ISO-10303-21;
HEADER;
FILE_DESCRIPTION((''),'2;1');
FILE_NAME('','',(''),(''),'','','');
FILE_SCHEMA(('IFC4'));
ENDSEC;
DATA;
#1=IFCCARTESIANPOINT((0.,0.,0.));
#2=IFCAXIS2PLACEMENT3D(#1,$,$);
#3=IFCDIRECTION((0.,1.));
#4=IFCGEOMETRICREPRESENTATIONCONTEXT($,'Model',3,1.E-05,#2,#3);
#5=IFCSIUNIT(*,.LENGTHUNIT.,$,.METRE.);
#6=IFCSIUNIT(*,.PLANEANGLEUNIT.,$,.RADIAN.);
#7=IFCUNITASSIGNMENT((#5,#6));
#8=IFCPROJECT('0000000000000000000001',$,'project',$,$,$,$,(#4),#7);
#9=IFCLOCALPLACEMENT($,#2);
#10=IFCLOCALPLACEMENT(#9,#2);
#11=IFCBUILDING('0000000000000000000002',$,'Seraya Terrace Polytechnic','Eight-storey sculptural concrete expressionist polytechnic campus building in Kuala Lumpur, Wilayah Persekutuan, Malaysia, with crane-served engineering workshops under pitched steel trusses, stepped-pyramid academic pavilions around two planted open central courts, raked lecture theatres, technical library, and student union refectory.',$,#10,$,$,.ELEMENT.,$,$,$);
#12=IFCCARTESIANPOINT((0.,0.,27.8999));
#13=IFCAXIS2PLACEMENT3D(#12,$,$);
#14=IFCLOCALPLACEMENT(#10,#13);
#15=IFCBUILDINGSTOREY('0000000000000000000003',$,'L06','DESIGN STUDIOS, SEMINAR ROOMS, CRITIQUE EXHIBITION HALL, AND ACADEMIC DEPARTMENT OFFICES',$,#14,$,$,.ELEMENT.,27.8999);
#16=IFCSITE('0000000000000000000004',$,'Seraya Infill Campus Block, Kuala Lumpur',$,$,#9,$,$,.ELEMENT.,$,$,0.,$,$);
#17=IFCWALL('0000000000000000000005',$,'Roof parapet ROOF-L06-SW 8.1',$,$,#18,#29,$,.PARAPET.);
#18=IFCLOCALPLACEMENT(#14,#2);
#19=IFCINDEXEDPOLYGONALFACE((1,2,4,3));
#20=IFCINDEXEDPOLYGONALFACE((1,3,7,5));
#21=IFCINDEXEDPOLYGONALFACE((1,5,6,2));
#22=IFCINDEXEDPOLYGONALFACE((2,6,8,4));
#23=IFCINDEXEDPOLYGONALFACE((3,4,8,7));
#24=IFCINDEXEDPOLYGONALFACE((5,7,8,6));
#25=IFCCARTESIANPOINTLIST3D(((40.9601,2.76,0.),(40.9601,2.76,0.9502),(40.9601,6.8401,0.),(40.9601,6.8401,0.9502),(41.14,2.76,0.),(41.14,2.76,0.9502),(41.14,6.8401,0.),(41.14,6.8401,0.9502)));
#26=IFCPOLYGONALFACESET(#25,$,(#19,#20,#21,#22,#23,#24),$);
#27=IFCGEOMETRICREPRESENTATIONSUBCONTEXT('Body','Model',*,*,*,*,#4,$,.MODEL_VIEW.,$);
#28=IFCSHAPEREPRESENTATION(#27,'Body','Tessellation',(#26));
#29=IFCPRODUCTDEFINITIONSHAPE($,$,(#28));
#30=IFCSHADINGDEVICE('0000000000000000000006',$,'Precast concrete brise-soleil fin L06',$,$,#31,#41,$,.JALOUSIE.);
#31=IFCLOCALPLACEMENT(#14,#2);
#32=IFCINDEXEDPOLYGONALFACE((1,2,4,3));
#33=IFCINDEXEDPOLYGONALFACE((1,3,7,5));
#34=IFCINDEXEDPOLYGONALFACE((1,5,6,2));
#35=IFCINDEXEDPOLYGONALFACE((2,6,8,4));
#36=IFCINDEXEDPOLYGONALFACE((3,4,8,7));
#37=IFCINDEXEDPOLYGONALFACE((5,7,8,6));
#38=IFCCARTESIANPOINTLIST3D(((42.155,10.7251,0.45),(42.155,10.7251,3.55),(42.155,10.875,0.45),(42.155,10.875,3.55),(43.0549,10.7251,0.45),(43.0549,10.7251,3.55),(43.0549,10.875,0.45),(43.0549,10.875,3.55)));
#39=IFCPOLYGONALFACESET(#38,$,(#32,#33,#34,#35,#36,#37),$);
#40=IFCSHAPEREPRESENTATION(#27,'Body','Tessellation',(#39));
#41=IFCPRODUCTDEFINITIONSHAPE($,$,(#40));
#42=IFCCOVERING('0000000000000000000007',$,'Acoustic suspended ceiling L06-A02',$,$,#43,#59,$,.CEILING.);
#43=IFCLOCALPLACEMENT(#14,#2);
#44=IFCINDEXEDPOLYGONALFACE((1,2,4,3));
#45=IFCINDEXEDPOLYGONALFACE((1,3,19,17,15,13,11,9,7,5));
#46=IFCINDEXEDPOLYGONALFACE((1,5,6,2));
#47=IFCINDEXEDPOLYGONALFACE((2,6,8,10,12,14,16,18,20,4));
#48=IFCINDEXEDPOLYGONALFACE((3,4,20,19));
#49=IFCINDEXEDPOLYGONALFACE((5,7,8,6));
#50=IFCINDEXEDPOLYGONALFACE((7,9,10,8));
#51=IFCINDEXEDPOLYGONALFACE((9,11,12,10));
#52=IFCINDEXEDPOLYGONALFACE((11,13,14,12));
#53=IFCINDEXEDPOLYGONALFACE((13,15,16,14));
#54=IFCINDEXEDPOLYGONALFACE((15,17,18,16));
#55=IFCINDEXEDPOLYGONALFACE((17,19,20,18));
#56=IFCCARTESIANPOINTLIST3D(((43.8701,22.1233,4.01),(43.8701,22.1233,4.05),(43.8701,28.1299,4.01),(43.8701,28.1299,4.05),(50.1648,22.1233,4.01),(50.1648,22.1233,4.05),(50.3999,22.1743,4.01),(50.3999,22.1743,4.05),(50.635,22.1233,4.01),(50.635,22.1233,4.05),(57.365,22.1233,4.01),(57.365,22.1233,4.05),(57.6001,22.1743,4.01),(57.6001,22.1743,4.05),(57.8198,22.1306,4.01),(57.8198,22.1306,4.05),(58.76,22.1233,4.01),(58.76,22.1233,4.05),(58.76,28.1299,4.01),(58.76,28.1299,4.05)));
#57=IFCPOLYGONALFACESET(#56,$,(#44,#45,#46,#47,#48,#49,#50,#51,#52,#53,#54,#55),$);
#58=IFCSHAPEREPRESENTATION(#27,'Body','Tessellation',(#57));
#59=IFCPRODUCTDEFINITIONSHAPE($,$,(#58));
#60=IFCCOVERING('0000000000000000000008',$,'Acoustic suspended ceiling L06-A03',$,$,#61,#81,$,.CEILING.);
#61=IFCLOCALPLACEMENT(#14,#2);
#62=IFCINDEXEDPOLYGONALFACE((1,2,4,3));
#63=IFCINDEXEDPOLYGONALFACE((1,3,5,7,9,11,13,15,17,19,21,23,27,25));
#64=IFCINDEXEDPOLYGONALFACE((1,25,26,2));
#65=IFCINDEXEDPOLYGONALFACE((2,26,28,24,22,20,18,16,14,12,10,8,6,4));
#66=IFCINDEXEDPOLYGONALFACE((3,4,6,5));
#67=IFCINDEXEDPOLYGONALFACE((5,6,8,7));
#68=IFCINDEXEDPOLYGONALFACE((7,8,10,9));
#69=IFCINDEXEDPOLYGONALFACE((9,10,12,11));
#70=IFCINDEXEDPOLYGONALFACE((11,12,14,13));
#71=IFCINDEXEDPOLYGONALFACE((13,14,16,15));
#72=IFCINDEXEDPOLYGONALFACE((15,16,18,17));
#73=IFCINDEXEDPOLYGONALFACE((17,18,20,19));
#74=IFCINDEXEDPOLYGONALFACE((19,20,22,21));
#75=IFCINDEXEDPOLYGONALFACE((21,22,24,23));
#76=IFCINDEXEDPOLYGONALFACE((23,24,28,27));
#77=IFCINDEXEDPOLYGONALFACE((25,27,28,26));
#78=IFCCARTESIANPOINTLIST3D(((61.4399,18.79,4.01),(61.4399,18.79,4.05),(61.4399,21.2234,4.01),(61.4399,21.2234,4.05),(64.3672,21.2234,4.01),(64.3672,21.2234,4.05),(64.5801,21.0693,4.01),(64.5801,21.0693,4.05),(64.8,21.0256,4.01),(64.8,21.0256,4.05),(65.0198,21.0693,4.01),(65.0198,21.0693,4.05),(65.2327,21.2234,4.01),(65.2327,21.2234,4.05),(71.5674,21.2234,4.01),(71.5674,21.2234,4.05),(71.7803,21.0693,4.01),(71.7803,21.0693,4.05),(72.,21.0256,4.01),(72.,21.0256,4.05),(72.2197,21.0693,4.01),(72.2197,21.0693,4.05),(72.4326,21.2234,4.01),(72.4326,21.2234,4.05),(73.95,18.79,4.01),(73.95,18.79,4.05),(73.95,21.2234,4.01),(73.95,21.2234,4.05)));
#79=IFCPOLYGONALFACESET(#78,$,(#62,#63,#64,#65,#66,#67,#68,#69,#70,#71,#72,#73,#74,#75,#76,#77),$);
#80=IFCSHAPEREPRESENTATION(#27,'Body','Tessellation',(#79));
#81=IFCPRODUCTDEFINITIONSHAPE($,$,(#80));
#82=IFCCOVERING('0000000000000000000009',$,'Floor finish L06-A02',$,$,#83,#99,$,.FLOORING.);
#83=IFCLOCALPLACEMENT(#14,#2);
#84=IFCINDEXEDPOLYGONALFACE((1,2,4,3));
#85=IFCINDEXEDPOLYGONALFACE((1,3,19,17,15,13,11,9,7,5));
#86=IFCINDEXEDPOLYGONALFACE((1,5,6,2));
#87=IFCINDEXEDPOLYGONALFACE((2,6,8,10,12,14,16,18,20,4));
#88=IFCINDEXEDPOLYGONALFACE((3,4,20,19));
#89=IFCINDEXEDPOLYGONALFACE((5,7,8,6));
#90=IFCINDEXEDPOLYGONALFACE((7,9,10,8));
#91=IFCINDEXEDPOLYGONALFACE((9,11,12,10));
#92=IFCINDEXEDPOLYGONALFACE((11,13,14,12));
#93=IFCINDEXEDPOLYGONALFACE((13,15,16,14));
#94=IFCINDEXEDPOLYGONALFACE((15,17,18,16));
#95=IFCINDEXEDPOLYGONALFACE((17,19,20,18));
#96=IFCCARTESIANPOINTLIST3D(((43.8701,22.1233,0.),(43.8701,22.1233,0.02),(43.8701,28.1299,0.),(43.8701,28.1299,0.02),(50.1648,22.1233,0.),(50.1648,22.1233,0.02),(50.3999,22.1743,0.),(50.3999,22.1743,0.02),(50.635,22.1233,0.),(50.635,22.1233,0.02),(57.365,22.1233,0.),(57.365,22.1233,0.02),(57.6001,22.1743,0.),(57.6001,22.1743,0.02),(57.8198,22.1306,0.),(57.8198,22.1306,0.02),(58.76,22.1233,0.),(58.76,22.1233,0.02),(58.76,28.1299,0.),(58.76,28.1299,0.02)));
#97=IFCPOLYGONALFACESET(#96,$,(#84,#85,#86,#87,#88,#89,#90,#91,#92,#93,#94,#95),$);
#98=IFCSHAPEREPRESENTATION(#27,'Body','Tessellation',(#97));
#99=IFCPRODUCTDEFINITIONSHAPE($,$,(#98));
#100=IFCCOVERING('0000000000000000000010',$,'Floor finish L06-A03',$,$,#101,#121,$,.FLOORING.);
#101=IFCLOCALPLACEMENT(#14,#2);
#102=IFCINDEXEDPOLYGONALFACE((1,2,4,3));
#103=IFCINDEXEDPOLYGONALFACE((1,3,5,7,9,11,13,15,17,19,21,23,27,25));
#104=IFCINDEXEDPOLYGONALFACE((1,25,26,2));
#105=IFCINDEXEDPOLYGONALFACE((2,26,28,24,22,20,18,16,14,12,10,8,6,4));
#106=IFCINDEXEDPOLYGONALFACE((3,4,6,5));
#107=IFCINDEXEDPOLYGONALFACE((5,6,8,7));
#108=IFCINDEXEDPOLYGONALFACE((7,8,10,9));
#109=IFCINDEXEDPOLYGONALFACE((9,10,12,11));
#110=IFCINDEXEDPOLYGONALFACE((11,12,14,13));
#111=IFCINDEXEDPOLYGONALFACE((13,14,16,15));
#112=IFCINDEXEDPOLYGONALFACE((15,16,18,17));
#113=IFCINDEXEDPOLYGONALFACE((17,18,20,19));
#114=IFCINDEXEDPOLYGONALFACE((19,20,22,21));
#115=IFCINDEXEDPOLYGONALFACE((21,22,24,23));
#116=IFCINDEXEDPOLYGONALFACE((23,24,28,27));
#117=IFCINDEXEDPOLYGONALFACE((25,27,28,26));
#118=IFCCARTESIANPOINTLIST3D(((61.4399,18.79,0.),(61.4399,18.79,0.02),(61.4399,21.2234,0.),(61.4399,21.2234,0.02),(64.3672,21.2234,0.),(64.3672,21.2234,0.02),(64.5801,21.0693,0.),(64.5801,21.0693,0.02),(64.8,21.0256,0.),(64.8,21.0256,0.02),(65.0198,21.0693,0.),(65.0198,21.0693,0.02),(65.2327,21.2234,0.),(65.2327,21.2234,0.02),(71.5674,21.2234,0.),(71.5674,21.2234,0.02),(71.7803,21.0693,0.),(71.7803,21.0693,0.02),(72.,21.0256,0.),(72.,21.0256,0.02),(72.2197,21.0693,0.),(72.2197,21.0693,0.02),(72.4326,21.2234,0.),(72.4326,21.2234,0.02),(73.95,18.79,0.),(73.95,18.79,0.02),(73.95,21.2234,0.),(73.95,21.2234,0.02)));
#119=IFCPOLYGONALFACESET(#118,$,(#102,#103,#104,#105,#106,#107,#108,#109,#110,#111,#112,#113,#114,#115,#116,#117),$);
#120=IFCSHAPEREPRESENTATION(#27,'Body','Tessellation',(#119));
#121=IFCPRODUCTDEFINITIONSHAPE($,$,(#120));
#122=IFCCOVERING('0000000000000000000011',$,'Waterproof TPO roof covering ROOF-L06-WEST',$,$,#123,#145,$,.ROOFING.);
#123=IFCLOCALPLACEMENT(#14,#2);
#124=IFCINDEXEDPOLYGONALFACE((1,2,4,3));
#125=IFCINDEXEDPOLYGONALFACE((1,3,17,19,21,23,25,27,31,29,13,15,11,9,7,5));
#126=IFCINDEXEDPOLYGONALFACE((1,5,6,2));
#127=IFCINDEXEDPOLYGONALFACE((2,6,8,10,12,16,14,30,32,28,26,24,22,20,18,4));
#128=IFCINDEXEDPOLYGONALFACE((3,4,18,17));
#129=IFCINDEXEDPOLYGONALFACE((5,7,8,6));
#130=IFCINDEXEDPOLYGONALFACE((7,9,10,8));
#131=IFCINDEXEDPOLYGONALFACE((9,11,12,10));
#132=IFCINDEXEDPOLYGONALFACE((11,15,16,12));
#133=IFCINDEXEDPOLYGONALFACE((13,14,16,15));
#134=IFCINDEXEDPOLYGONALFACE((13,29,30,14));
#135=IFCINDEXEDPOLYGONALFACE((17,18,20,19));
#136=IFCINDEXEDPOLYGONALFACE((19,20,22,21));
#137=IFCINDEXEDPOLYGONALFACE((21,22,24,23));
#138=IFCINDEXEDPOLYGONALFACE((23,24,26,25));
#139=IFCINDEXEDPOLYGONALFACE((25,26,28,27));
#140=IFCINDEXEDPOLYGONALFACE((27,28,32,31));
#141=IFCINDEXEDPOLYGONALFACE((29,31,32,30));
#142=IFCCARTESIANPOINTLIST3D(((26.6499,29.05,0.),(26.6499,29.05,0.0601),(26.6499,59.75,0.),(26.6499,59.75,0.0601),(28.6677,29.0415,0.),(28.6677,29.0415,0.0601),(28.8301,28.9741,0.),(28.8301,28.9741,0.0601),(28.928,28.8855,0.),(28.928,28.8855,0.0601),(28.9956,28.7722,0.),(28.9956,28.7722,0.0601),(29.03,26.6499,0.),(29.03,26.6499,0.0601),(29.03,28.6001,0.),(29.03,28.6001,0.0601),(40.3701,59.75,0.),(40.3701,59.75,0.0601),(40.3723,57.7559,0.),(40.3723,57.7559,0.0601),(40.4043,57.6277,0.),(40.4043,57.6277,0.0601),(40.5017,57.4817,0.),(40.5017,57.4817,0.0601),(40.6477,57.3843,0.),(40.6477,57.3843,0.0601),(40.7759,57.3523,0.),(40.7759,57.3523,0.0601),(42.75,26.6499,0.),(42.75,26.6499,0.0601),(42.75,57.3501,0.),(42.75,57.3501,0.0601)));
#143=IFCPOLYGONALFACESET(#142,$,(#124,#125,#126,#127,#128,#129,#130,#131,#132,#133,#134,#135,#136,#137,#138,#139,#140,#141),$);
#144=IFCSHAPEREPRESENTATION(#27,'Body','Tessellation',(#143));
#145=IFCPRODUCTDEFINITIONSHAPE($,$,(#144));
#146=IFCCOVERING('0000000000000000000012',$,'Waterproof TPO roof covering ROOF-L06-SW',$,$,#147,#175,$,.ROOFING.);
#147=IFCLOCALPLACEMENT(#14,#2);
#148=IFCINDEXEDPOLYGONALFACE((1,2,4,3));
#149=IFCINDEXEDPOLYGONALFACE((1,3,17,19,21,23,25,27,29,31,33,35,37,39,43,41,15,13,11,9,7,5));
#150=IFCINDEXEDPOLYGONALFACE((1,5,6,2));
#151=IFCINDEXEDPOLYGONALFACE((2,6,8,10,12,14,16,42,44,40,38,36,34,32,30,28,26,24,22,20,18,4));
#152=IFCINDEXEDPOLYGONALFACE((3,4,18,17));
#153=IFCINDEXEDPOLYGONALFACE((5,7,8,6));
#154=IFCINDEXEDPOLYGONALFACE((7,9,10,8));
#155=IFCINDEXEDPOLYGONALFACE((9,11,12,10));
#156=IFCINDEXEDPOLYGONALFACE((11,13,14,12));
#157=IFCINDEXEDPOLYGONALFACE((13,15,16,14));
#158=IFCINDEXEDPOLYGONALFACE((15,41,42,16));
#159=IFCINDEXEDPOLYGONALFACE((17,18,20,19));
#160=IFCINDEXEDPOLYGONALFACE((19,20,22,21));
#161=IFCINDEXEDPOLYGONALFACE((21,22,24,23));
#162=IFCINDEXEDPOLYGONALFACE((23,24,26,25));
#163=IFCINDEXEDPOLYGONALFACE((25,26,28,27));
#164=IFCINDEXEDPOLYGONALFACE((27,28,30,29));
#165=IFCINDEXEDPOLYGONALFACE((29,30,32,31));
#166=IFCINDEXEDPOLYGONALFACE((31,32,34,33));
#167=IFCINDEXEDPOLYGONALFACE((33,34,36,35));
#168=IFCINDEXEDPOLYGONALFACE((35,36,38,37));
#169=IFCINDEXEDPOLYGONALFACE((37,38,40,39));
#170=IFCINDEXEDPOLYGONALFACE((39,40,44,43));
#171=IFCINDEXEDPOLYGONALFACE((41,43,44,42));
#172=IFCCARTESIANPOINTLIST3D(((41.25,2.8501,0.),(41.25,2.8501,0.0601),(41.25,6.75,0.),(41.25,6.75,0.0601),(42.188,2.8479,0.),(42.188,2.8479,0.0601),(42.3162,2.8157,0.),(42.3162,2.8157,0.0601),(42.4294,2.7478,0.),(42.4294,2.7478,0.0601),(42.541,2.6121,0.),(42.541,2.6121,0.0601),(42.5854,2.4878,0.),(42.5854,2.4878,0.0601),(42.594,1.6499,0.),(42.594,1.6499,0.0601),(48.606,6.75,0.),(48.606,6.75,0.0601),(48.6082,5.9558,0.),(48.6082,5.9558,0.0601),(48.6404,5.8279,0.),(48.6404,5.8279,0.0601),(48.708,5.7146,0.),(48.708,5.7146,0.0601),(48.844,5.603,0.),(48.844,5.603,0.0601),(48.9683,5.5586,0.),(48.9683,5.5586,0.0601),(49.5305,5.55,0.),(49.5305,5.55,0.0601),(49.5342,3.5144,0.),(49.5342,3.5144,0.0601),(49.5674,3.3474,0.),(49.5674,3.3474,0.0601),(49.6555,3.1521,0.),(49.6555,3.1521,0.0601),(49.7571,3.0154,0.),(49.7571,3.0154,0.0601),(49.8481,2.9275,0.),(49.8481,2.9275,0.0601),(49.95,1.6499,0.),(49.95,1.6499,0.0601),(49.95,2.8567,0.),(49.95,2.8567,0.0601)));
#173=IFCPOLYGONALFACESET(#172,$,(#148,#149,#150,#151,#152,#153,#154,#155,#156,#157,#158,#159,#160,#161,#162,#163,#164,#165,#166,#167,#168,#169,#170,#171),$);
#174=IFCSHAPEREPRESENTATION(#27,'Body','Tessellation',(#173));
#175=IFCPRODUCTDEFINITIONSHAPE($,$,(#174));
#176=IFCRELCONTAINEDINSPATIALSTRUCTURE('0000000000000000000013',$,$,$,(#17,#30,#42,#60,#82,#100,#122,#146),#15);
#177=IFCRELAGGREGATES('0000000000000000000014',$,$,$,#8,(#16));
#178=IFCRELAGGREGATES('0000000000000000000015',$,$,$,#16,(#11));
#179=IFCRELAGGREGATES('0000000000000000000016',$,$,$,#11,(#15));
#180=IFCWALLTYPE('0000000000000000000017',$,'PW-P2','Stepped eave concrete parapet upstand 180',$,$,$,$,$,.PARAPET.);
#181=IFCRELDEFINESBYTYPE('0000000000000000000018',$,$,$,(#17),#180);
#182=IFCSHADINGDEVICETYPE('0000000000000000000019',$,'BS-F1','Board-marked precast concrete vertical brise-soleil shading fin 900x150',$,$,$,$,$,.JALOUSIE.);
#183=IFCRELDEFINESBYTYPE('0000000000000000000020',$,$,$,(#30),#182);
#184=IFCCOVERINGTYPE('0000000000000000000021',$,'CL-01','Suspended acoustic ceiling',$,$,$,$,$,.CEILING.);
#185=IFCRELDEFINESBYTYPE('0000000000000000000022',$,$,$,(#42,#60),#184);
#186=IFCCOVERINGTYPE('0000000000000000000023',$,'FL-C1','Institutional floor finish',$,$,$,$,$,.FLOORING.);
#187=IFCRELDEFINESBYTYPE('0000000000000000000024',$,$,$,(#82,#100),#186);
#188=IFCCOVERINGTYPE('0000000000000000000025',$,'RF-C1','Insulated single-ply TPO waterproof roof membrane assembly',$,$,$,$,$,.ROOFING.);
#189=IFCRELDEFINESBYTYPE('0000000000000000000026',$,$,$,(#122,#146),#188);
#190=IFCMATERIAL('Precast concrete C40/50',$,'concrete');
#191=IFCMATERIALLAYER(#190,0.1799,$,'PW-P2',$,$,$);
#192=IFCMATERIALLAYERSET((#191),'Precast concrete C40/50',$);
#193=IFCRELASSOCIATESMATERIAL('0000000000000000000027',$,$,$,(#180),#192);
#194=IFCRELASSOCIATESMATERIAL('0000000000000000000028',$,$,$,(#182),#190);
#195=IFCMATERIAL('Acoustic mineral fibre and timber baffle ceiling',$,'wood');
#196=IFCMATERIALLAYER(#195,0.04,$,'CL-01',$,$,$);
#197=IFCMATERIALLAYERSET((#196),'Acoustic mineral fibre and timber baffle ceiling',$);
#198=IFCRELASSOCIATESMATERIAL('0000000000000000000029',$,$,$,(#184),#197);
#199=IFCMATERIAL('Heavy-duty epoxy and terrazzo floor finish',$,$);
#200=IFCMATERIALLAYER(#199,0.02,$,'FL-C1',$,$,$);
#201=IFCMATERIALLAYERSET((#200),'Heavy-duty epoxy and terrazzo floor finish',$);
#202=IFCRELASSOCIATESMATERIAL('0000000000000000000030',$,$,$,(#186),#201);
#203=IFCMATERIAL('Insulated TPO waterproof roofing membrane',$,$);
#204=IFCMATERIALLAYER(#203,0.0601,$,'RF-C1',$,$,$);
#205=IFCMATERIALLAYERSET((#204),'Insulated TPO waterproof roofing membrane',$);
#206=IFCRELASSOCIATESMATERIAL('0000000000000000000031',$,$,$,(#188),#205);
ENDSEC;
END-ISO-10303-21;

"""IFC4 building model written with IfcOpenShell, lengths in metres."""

from ifc_helpers import new_model, si_unit, direction, frame, frame_2d, origin, origin_2d, place, context, subcontext, project, spatial, polyline, rectangle, outline, extrude, material, layer, layer_set, type_object, element, save


model = new_model("IFC4")

# Units and contexts
model_context = context("Model", 3, precision=1e-05, world=origin(), true_north=direction((0.0, 1.0)))
body_context = subcontext(model_context, "Body", "Model", "MODEL_VIEW")
ifc_project = project(units=[si_unit("LENGTHUNIT", "METRE"), si_unit("PLANEANGLEUNIT", "RADIAN")], contexts=[model_context])

# Site, building, storey
site_placement = place(None, origin())
site = spatial("IfcSite", under=ifc_project, at=site_placement, Name="Seraya Infill Campus Block, Kuala Lumpur", CompositionType="ELEMENT", RefElevation=0.0)
building_placement = place(site_placement, origin())
building = spatial("IfcBuilding", under=site, at=building_placement, Name="Seraya Terrace Polytechnic", Description="Eight-storey sculptural concrete expressionist polytechnic campus building in Kuala Lumpur, Wilayah Persekutuan, Malaysia, with crane-served engineering workshops under pitched steel trusses, stepped-pyramid academic pavilions around two planted open central courts, raked lecture theatres, technical library, and student union refectory.", CompositionType="ELEMENT")
storey_placement = place(building_placement, frame((0.0, 0.0, 27.8999)))
storey = spatial("IfcBuildingStorey", under=building, at=storey_placement, Name="L06", Description="DESIGN STUDIOS, SEMINAR ROOMS, CRITIQUE EXHIBITION HALL, AND ACADEMIC DEPARTMENT OFFICES", CompositionType="ELEMENT", Elevation=27.8999)

# Shared definitions
ifc_material_1 = material(Name="Precast concrete C40/50", Category="concrete")

# Wall
ifc_layer_1 = layer(ifc_material_1, 0.1799, Name="PW-P2")
ifc_layer_set_1 = layer_set([ifc_layer_1], Name="Precast concrete C40/50")
wall_type = type_object("IfcWallType", Name="PW-P2", Description="Stepped eave concrete parapet upstand 180", PredefinedType="PARAPET", material=ifc_layer_set_1)
wall_placement = place(storey_placement, frame((41.05, 2.76, 0.0), z_axis=(0.0, 0.0, 1.0), x_axis=(0.0, 1.0, 0.0)))
element("IfcWall", 1, at=wall_placement, inside=storey, type_object=wall_type, Name="Roof parapet ROOF-L06-SW 8.1", PredefinedType="PARAPET", context=body_context, shape_type="SweptSolid", body=[
    extrude(rectangle(XDim=4.0801, YDim=0.1799, at=frame_2d((2.04, 0.0))), origin(), (0.0, 0.0, 1.0), 0.9502),
])

# Shading device
shading_device_type = type_object("IfcShadingDeviceType", Name="BS-F1", Description="Board-marked precast concrete vertical brise-soleil shading fin 900x150", PredefinedType="JALOUSIE", material=ifc_material_1)
shading_device_placement = place(storey_placement, frame((42.605, 10.8, 0.45), z_axis=(0.0, 0.0, 1.0), x_axis=(-1.0, 0.0, 0.0)))
element("IfcShadingDevice", 2, at=shading_device_placement, inside=storey, type_object=shading_device_type, Name="Precast concrete brise-soleil fin L06", PredefinedType="JALOUSIE", context=body_context, shape_type="SweptSolid", body=[
    extrude(rectangle(XDim=0.8999, YDim=0.1499, at=origin_2d()), origin(), (0.0, 0.0, 1.0), 3.1001),
])

# Coverings
ifc_material_2 = material(Name="Acoustic mineral fibre and timber baffle ceiling", Category="wood")
ifc_layer_2 = layer(ifc_material_2, 0.04, Name="CL-01")
ifc_layer_set_2 = layer_set([ifc_layer_2], Name="Acoustic mineral fibre and timber baffle ceiling")
covering_type_1 = type_object("IfcCoveringType", Name="CL-01", Description="Suspended acoustic ceiling", PredefinedType="CEILING", material=ifc_layer_set_2)
covering_1_placement = place(storey_placement, frame((0.0, 0.0, 4.01)))
element("IfcCovering", 3, at=covering_1_placement, inside=storey, type_object=covering_type_1, Name="Acoustic suspended ceiling L06-A02", PredefinedType="CEILING", context=body_context, shape_type="SweptSolid", body=[
    extrude(outline(polyline([(57.8198, 22.1306), (57.6001, 22.1743), (57.365, 22.1233), (50.635, 22.1233), (50.3999, 22.1743), (50.1648, 22.1233), (43.8701, 22.1233), (43.8701, 28.1299), (58.76, 28.1299), (58.76, 22.1233), (57.8198, 22.1306)])), origin(), (0.0, 0.0, 1.0), 0.04),
])
covering_2_placement = place(storey_placement, frame((0.0, 0.0, 4.01)))
element("IfcCovering", 4, at=covering_2_placement, inside=storey, type_object=covering_type_1, Name="Acoustic suspended ceiling L06-A03", PredefinedType="CEILING", context=body_context, shape_type="SweptSolid", body=[
    extrude(outline(polyline([(61.4399, 21.2234), (64.3672, 21.2234), (64.5801, 21.0693), (64.8, 21.0256), (65.0198, 21.0693), (65.2327, 21.2234), (71.5674, 21.2234), (71.7803, 21.0693), (72.0, 21.0256), (72.2197, 21.0693), (72.4326, 21.2234), (73.95, 21.2234), (73.95, 18.79), (61.4399, 18.79), (61.4399, 21.2234)])), origin(), (0.0, 0.0, 1.0), 0.04),
])
ifc_material_3 = material(Name="Heavy-duty epoxy and terrazzo floor finish")
ifc_layer_3 = layer(ifc_material_3, 0.02, Name="FL-C1")
ifc_layer_set_3 = layer_set([ifc_layer_3], Name="Heavy-duty epoxy and terrazzo floor finish")
covering_type_2 = type_object("IfcCoveringType", Name="FL-C1", Description="Institutional floor finish", PredefinedType="FLOORING", material=ifc_layer_set_3)
covering_3_placement = place(storey_placement, origin())
element("IfcCovering", 5, at=covering_3_placement, inside=storey, type_object=covering_type_2, Name="Floor finish L06-A02", PredefinedType="FLOORING", context=body_context, shape_type="SweptSolid", body=[
    extrude(outline(polyline([(57.8198, 22.1306), (57.6001, 22.1743), (57.365, 22.1233), (50.635, 22.1233), (50.3999, 22.1743), (50.1648, 22.1233), (43.8701, 22.1233), (43.8701, 28.1299), (58.76, 28.1299), (58.76, 22.1233), (57.8198, 22.1306)])), origin(), (0.0, 0.0, 1.0), 0.02),
])
covering_4_placement = place(storey_placement, origin())
element("IfcCovering", 6, at=covering_4_placement, inside=storey, type_object=covering_type_2, Name="Floor finish L06-A03", PredefinedType="FLOORING", context=body_context, shape_type="SweptSolid", body=[
    extrude(outline(polyline([(61.4399, 21.2234), (64.3672, 21.2234), (64.5801, 21.0693), (64.8, 21.0256), (65.0198, 21.0693), (65.2327, 21.2234), (71.5674, 21.2234), (71.7803, 21.0693), (72.0, 21.0256), (72.2197, 21.0693), (72.4326, 21.2234), (73.95, 21.2234), (73.95, 18.79), (61.4399, 18.79), (61.4399, 21.2234)])), origin(), (0.0, 0.0, 1.0), 0.02),
])
ifc_material_4 = material(Name="Insulated TPO waterproof roofing membrane")
ifc_layer_4 = layer(ifc_material_4, 0.0601, Name="RF-C1")
ifc_layer_set_4 = layer_set([ifc_layer_4], Name="Insulated TPO waterproof roofing membrane")
covering_type_3 = type_object("IfcCoveringType", Name="RF-C1", Description="Insulated single-ply TPO waterproof roof membrane assembly", PredefinedType="ROOFING", material=ifc_layer_set_4)
covering_5_placement = place(storey_placement, origin())
element("IfcCovering", 7, at=covering_5_placement, inside=storey, type_object=covering_type_3, Name="Waterproof TPO roof covering ROOF-L06-WEST", PredefinedType="ROOFING", context=body_context, shape_type="SweptSolid", body=[
    extrude(outline(polyline([(29.03, 28.6001), (28.9956, 28.7722), (28.928, 28.8855), (28.8301, 28.9741), (28.6677, 29.0415), (26.6499, 29.05), (26.6499, 59.75), (40.3701, 59.75), (40.3723, 57.7559), (40.4043, 57.6277), (40.5017, 57.4817), (40.6477, 57.3843), (40.7759, 57.3523), (42.75, 57.3501), (42.75, 26.6499), (29.03, 26.6499), (29.03, 28.6001)])), origin(), (0.0, 0.0, 1.0), 0.0601),
])
covering_6_placement = place(storey_placement, origin())
element("IfcCovering", 8, at=covering_6_placement, inside=storey, type_object=covering_type_3, Name="Waterproof TPO roof covering ROOF-L06-SW", PredefinedType="ROOFING", context=body_context, shape_type="SweptSolid", body=[
    extrude(outline(polyline([(49.95, 1.6499), (42.594, 1.6499), (42.5854, 2.4878), (42.541, 2.6121), (42.4294, 2.7478), (42.3162, 2.8157), (42.188, 2.8479), (41.25, 2.8501), (41.25, 6.75), (48.606, 6.75), (48.6082, 5.9558), (48.6404, 5.8279), (48.708, 5.7146), (48.844, 5.603), (48.9683, 5.5586), (49.5305, 5.55), (49.5342, 3.5144), (49.5674, 3.3474), (49.6555, 3.1521), (49.7571, 3.0154), (49.8481, 2.9275), (49.95, 2.8567), (49.95, 1.6499)])), origin(), (0.0, 0.0, 1.0), 0.0601),
])

save(model, "model.ifc")
